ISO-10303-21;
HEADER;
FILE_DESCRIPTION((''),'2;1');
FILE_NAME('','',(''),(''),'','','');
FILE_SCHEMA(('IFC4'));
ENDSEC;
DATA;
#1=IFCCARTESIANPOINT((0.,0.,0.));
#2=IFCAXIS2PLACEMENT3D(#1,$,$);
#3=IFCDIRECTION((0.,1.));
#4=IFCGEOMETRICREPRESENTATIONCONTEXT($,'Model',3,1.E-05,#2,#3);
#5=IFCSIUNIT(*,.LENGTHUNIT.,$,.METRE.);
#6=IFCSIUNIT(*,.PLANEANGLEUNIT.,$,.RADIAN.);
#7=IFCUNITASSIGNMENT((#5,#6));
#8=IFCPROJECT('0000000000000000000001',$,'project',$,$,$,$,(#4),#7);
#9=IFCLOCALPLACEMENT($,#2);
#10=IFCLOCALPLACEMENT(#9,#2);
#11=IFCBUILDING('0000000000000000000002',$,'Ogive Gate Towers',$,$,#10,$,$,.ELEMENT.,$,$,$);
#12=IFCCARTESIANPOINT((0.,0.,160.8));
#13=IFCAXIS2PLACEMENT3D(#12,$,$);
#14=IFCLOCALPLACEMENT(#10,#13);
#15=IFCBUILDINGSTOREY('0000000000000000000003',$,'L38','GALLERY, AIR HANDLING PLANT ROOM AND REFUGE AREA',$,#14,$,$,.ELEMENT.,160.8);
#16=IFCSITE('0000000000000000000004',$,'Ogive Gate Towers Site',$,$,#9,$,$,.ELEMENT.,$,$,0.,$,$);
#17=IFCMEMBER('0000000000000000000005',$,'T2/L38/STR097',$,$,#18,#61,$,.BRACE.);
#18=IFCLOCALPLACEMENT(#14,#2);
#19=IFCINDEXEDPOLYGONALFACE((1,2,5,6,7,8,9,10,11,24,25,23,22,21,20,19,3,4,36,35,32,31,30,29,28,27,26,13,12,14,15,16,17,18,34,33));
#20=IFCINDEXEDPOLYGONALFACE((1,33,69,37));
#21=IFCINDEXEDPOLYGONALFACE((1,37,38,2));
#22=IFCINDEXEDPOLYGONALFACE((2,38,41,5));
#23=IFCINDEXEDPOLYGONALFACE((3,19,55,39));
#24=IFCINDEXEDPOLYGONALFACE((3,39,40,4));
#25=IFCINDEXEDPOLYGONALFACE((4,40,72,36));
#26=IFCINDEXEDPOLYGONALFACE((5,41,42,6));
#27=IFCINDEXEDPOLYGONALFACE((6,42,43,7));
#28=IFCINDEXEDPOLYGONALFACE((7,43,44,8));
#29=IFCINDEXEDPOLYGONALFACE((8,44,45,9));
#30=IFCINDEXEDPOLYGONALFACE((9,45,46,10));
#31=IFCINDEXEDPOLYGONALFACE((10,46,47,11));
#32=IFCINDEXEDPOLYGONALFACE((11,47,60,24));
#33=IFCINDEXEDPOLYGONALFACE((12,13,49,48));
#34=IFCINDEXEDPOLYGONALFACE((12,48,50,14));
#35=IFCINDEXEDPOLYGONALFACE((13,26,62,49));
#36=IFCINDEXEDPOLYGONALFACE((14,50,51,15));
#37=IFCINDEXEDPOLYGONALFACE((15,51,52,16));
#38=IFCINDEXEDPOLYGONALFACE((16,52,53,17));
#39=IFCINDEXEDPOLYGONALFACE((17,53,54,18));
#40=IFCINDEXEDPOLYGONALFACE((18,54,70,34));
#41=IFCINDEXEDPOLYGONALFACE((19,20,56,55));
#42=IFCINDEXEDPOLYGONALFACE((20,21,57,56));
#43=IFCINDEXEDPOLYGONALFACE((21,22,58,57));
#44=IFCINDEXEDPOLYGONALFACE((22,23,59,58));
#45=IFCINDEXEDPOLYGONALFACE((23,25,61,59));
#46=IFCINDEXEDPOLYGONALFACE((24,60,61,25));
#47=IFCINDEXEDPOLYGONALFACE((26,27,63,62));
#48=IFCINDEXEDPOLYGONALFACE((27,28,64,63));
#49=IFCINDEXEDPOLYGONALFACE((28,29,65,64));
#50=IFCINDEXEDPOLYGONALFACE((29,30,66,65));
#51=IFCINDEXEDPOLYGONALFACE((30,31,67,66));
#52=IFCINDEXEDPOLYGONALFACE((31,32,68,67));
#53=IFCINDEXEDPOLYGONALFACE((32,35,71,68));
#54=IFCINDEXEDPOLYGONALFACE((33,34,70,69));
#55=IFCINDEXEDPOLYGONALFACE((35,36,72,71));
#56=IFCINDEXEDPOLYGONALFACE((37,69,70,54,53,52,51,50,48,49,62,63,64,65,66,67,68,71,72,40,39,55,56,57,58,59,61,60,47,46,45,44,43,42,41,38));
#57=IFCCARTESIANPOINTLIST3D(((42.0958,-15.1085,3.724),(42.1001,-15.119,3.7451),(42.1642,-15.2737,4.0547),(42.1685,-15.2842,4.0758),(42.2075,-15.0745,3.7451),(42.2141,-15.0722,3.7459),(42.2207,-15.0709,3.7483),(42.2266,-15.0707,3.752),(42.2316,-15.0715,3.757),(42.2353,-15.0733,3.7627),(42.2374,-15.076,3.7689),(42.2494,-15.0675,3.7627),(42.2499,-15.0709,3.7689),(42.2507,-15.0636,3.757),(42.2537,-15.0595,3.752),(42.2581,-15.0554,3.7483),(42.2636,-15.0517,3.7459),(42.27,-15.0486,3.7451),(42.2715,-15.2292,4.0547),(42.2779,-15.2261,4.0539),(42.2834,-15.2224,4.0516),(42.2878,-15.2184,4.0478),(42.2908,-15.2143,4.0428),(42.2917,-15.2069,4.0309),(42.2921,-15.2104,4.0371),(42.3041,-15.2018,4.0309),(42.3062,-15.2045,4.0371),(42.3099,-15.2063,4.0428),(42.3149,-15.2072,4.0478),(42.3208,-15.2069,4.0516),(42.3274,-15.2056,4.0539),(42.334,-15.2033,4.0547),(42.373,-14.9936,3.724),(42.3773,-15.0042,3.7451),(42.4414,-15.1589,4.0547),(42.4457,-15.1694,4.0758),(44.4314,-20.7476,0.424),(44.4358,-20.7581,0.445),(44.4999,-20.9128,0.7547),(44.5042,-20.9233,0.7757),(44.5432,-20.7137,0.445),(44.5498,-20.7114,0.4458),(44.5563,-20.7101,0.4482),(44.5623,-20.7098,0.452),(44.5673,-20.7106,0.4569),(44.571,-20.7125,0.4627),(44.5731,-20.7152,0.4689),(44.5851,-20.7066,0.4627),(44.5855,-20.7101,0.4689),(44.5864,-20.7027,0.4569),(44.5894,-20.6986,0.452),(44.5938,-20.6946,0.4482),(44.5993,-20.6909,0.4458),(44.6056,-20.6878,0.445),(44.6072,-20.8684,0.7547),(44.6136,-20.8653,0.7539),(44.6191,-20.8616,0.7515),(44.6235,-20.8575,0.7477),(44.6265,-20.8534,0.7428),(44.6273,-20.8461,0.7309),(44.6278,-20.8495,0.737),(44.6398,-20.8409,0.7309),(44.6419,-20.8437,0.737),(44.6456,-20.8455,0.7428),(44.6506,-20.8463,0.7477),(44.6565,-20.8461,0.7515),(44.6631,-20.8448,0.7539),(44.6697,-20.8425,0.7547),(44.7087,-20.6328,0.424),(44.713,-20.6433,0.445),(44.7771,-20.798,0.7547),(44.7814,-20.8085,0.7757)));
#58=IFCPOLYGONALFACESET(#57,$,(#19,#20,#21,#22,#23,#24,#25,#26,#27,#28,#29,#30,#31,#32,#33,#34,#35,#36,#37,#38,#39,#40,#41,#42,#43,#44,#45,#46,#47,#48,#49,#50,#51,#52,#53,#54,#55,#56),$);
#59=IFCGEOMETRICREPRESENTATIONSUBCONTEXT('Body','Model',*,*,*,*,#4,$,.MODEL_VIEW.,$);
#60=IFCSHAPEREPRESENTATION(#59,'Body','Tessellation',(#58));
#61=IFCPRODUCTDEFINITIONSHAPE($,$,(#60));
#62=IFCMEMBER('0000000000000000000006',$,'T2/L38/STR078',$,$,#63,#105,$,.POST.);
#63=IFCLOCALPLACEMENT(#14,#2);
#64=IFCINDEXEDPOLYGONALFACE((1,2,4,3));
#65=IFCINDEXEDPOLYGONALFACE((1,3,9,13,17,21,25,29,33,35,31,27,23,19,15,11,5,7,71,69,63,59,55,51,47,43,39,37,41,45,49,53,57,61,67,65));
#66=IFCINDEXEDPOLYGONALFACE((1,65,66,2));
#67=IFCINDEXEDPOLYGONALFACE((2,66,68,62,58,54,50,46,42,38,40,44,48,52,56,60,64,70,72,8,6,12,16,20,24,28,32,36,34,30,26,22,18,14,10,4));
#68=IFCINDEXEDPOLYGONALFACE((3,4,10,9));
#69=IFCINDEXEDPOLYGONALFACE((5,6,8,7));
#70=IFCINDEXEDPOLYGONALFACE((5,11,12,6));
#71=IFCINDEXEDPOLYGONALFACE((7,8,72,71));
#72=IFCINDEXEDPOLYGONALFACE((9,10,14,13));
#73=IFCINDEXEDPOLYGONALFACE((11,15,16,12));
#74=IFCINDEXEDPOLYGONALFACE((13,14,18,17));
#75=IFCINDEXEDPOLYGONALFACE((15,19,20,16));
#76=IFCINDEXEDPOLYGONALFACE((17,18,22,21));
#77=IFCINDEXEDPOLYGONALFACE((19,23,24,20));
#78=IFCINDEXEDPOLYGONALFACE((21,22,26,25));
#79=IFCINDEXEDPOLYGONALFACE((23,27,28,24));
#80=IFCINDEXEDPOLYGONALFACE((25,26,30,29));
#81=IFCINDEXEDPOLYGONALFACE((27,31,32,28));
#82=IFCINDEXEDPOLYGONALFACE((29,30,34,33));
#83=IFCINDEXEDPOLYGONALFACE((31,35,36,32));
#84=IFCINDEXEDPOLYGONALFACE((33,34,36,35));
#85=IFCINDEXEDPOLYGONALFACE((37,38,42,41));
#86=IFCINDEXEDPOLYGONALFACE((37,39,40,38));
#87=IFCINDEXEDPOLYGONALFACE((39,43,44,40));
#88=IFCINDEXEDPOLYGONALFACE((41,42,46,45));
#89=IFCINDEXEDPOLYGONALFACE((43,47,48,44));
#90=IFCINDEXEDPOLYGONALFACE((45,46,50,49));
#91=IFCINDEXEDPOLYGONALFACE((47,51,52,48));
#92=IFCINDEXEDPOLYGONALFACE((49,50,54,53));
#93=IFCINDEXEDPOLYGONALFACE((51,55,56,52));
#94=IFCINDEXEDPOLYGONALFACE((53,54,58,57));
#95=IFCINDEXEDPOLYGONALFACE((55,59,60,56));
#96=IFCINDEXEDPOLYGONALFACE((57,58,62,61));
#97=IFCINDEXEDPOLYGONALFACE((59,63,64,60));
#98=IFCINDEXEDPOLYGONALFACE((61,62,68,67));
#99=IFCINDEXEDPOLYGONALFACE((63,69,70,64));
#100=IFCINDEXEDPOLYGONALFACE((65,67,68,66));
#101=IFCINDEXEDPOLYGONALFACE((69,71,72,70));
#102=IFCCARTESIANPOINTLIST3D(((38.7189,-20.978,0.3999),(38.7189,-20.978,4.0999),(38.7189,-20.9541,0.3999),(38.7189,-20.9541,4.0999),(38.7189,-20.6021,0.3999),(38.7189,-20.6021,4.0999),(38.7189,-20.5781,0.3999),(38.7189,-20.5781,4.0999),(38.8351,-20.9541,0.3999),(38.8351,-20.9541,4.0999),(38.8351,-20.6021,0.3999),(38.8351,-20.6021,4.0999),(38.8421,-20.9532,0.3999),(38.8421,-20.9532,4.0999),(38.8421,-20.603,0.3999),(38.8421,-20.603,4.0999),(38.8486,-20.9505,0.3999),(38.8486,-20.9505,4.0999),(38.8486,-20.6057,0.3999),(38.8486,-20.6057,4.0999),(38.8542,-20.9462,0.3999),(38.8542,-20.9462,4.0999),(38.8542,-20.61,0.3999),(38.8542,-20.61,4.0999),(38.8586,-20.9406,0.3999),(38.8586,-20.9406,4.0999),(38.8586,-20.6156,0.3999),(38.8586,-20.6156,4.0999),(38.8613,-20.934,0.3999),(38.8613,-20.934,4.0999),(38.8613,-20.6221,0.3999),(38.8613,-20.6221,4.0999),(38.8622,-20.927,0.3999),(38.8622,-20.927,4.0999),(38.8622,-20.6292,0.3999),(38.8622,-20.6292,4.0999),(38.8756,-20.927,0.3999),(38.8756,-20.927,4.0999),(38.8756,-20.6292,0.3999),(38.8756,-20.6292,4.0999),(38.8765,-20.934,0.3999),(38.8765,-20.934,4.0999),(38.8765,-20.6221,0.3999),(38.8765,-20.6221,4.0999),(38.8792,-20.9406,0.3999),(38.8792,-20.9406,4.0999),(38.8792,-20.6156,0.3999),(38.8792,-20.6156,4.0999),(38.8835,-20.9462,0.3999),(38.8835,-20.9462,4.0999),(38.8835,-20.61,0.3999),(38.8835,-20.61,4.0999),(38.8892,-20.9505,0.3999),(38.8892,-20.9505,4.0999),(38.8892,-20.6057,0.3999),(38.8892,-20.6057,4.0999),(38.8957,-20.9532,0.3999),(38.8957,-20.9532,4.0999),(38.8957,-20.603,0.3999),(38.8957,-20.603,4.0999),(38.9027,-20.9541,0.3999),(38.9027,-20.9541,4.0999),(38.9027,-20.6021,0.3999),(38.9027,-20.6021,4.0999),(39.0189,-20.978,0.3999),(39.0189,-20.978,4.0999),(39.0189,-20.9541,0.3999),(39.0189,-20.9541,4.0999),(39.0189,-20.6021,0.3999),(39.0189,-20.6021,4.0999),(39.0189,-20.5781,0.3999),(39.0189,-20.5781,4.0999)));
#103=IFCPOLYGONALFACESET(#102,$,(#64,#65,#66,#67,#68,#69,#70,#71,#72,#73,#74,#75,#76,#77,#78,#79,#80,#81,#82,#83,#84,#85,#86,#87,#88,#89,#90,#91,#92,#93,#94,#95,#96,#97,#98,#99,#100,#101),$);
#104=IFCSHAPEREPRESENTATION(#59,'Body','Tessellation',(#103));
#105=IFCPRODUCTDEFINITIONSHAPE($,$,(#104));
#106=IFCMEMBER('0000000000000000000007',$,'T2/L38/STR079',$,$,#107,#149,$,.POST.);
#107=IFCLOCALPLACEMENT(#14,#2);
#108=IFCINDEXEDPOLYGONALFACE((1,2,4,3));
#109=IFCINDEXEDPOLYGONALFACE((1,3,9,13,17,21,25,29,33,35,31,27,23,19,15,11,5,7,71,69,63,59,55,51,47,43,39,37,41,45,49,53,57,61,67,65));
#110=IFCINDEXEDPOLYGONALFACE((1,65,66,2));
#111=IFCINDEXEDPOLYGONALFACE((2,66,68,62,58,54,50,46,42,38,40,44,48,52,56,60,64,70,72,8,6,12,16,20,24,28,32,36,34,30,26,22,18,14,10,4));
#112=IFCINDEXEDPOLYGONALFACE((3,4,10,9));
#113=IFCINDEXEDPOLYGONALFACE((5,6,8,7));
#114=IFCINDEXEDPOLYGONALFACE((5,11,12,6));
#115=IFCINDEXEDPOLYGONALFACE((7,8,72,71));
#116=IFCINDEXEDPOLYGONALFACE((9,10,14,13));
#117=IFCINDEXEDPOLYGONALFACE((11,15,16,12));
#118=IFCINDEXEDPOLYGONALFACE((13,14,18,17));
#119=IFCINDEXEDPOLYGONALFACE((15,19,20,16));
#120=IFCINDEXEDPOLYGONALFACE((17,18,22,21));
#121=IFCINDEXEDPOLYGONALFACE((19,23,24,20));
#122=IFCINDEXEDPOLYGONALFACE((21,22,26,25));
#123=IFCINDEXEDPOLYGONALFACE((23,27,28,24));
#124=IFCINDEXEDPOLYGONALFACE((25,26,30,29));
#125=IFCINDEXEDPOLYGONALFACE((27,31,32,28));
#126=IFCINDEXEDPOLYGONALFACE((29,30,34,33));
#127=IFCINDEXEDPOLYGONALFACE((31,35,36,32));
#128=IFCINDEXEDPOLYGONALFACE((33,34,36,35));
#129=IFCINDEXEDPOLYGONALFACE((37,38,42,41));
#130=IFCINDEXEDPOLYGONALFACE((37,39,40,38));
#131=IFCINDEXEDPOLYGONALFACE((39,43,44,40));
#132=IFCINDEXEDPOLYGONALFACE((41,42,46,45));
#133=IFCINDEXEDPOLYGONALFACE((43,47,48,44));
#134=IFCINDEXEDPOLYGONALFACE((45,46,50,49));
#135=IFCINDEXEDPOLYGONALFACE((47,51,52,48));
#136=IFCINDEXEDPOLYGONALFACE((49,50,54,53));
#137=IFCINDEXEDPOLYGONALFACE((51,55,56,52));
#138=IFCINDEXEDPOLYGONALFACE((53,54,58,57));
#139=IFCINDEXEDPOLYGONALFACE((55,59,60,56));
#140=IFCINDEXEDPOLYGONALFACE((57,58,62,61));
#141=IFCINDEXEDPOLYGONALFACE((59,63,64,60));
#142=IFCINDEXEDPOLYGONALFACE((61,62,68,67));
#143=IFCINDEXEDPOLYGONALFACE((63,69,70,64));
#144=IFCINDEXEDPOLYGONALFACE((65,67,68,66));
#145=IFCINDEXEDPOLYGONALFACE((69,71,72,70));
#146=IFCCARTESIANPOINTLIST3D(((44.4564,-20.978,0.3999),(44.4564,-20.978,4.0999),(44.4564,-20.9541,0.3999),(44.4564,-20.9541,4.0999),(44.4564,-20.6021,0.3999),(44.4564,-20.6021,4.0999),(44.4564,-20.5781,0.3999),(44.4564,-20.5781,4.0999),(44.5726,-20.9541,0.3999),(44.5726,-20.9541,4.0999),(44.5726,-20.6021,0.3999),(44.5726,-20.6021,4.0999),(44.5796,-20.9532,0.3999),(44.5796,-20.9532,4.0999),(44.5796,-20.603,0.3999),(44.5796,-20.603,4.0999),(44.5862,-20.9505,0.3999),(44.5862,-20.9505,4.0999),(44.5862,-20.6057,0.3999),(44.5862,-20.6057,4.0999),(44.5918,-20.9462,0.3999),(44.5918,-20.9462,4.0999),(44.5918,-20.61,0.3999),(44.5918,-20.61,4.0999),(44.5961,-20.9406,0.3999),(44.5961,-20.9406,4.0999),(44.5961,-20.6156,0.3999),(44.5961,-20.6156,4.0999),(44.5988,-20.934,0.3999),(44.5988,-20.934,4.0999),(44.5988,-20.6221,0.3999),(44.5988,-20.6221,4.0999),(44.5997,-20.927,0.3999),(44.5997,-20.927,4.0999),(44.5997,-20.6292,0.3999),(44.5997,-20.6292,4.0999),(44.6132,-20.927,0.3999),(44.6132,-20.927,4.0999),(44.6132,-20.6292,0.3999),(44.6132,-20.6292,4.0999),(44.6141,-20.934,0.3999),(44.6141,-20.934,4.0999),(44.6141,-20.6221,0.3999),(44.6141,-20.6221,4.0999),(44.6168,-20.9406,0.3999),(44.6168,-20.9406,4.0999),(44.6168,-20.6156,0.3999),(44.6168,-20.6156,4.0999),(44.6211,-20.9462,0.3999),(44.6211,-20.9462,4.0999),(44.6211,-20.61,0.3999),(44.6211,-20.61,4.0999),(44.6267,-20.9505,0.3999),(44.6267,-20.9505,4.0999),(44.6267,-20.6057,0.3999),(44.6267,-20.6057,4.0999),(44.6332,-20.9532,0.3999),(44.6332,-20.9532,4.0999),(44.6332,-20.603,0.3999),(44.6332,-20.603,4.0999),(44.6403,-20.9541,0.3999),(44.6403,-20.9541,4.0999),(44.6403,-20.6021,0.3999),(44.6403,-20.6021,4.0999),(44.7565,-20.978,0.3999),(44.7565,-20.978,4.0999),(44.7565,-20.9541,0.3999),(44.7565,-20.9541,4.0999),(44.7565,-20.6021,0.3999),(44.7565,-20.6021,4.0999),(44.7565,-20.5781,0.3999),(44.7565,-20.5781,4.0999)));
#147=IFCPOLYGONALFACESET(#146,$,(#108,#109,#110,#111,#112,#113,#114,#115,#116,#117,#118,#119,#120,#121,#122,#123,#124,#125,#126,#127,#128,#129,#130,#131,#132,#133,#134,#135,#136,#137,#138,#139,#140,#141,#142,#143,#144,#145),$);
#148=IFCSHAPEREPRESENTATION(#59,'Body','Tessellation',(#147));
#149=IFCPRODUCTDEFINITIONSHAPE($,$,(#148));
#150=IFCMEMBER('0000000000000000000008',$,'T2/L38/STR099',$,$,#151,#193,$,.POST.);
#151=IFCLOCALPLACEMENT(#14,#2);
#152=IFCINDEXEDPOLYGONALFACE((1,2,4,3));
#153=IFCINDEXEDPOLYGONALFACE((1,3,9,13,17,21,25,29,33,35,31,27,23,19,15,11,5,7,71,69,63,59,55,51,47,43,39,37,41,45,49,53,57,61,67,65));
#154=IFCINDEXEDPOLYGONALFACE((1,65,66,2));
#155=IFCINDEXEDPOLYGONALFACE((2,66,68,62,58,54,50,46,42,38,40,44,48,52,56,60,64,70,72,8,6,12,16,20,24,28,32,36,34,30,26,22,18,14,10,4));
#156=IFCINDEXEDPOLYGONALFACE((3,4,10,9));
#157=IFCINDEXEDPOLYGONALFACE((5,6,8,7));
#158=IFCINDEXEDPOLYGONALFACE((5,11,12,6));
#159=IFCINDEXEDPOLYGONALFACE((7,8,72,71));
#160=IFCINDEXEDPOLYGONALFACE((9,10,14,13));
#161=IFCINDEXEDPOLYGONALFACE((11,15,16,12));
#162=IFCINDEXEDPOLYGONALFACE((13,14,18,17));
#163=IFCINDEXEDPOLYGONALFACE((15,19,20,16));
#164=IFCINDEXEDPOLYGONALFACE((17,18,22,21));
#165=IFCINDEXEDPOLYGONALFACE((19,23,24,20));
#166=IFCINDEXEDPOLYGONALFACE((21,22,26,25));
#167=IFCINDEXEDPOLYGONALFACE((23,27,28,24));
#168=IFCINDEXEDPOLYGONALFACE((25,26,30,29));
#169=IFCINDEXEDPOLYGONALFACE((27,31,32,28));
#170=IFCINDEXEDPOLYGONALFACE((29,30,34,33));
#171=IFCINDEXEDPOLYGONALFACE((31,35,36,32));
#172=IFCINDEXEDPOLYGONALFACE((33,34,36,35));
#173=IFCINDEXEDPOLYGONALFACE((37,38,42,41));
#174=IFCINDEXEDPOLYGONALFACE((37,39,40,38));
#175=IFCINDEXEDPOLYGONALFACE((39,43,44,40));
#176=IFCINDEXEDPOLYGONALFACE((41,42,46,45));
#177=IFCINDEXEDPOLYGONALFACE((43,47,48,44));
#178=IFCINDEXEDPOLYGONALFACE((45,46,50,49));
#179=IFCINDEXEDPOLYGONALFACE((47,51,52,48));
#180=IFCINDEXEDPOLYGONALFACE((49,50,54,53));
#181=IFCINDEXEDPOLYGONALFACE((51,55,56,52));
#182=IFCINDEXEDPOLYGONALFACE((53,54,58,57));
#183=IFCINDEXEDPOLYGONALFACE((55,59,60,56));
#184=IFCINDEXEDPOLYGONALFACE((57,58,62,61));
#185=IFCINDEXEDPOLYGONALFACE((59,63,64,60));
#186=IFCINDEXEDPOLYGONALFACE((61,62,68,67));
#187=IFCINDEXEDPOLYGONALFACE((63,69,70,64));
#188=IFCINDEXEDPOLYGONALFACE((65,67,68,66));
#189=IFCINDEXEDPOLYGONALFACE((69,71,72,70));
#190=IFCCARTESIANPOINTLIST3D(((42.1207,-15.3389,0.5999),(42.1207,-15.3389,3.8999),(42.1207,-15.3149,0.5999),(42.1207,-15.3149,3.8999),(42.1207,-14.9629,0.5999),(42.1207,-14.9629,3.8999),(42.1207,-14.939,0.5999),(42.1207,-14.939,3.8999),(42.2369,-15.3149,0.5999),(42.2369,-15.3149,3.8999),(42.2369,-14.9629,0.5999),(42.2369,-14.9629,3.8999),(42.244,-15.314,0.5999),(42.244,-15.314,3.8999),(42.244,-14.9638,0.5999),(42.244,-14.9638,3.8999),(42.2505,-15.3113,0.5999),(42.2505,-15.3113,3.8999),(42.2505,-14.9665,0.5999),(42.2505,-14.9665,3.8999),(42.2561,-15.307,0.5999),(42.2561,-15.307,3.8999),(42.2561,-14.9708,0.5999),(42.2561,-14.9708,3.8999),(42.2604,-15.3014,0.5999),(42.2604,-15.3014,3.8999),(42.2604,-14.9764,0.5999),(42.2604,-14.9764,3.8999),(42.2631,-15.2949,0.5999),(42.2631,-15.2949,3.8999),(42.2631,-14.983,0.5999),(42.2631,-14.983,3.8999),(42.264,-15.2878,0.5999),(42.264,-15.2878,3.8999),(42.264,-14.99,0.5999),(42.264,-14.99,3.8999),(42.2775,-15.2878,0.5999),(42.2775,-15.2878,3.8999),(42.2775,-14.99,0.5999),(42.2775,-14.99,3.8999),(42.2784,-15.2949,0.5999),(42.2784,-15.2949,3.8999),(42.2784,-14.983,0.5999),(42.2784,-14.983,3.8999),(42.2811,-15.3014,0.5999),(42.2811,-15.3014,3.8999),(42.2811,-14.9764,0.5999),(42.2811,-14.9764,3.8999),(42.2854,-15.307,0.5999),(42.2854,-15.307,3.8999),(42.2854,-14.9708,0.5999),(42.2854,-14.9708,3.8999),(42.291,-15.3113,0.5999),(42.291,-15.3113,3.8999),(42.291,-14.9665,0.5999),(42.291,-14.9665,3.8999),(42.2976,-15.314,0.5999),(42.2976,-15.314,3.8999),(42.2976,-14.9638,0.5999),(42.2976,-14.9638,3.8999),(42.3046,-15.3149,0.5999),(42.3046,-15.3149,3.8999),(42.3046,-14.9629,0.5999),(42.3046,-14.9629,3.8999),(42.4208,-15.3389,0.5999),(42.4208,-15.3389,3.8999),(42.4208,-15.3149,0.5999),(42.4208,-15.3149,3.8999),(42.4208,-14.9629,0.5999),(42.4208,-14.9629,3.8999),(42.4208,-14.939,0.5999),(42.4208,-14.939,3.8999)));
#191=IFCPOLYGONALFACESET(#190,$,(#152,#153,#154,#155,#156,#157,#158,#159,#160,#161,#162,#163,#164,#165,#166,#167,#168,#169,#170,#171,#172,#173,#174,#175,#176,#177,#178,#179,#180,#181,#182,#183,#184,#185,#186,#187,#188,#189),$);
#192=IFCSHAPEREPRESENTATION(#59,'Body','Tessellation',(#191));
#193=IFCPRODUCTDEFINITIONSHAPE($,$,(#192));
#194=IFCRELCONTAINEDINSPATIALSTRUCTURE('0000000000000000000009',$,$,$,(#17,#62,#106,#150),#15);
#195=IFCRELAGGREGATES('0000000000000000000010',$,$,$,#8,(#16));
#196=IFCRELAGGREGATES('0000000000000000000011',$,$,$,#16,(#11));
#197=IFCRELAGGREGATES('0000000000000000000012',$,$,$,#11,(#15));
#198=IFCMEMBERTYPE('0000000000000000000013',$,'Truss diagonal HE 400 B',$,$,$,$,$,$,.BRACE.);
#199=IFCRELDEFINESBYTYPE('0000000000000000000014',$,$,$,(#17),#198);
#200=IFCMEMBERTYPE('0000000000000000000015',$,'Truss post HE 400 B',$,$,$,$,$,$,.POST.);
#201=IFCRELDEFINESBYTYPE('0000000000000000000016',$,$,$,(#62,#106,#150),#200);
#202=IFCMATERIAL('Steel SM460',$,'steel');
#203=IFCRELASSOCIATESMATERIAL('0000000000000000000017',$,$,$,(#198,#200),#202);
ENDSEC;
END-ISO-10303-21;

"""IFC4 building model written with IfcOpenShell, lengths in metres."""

from ifc_helpers import new_model, si_unit, direction, frame, origin, origin_2d, place, context, subcontext, project, spatial, i_section, extrude, material, material_profile, profile_set, type_object, element, save


model = new_model("IFC4")

# Units and contexts
model_context = context("Model", 3, precision=1e-05, world=origin(), true_north=direction((0.0, 1.0)))
body_context = subcontext(model_context, "Body", "Model", "MODEL_VIEW")
ifc_project = project(units=[si_unit("LENGTHUNIT", "METRE"), si_unit("PLANEANGLEUNIT", "RADIAN")], contexts=[model_context])

# Site, building, storey
site_placement = place(None, origin())
site = spatial("IfcSite", under=ifc_project, at=site_placement, Name="Ogive Gate Towers Site", CompositionType="ELEMENT", RefElevation=0.0)
building_placement = place(site_placement, origin())
building = spatial("IfcBuilding", under=site, at=building_placement, Name="Ogive Gate Towers", CompositionType="ELEMENT")
storey_placement = place(building_placement, frame((0.0, 0.0, 160.8)))
storey = spatial("IfcBuildingStorey", under=building, at=storey_placement, Name="L38", Description="GALLERY, AIR HANDLING PLANT ROOM AND REFUGE AREA", CompositionType="ELEMENT", Elevation=160.8)

# Shared definitions
ifc_material_1 = material(Name="Steel SM460", Category="steel")

# Members
ifc_material_profile_1 = material_profile(ifc_material_1, i_section(OverallWidth=0.3, OverallDepth=0.3999, WebThickness=0.0134, FlangeThickness=0.0239, FilletRadius=0.0271, at=origin_2d()), Name="HE 400 B")
ifc_profile_set_1 = profile_set([ifc_material_profile_1], Name="Steel SM460")
member_type_1 = type_object("IfcMemberType", Name="Truss diagonal HE 400 B", PredefinedType="BRACE", material=ifc_profile_set_1)
member_1_placement = place(storey_placement, frame((42.2708, -15.1389, 3.8999), z_axis=(0.336617, -0.812708, -0.475599), x_axis=(0.923887, 0.382666, 0.0)))
element("IfcMember", 1, at=member_1_placement, inside=storey, type_object=member_type_1, Name="T2/L38/STR097", PredefinedType="BRACE", context=body_context, shape_type="SweptSolid", body=[
    extrude(i_section(OverallWidth=0.3, OverallDepth=0.3999, WebThickness=0.0134, FlangeThickness=0.0239, FilletRadius=0.0271, at=origin_2d()), origin(), (0.0, 0.0, 1.0), 6.9387),
])
ifc_material_profile_2 = material_profile(ifc_material_1, i_section(OverallWidth=0.3, OverallDepth=0.3999, WebThickness=0.0134, FlangeThickness=0.0239, FilletRadius=0.0271, at=origin_2d()), Name="HE 400 B")
ifc_profile_set_2 = profile_set([ifc_material_profile_2], Name="Steel SM460")
member_type_2 = type_object("IfcMemberType", Name="Truss post HE 400 B", PredefinedType="POST", material=ifc_profile_set_2)
for number, where, z_axis, x_axis, name in (
    (2, (38.8689, -20.7781, 0.3999), (0.0, 0.0, 1.0), (1.0, 0.0, 0.0), "T2/L38/STR078"),
    (3, (44.6064, -20.7781, 0.3999), (0.0, 0.0, 1.0), (1.0, 0.0, 0.0), "T2/L38/STR079"),
):
    element("IfcMember", number, at=place(storey_placement, frame(where, z_axis=z_axis, x_axis=x_axis)), inside=storey, type_object=member_type_2, Name=name, PredefinedType="POST", context=body_context, shape_type="SweptSolid", body=[
        extrude(i_section(OverallWidth=0.3, OverallDepth=0.3999, WebThickness=0.0134, FlangeThickness=0.0239, FilletRadius=0.0271, at=origin_2d()), origin(), (0.0, 0.0, 1.0), 3.7),
    ])
member_2_placement = place(storey_placement, frame((42.2708, -15.1389, 0.5999), z_axis=(0.0, 0.0, 1.0), x_axis=(1.0, 0.0, 0.0)))
element("IfcMember", 4, at=member_2_placement, inside=storey, type_object=member_type_2, Name="T2/L38/STR099", PredefinedType="POST", context=body_context, shape_type="SweptSolid", body=[
    extrude(i_section(OverallWidth=0.3, OverallDepth=0.3999, WebThickness=0.0134, FlangeThickness=0.0239, FilletRadius=0.0271, at=origin_2d()), origin(), (0.0, 0.0, 1.0), 3.3),
])

save(model, "model.ifc")
